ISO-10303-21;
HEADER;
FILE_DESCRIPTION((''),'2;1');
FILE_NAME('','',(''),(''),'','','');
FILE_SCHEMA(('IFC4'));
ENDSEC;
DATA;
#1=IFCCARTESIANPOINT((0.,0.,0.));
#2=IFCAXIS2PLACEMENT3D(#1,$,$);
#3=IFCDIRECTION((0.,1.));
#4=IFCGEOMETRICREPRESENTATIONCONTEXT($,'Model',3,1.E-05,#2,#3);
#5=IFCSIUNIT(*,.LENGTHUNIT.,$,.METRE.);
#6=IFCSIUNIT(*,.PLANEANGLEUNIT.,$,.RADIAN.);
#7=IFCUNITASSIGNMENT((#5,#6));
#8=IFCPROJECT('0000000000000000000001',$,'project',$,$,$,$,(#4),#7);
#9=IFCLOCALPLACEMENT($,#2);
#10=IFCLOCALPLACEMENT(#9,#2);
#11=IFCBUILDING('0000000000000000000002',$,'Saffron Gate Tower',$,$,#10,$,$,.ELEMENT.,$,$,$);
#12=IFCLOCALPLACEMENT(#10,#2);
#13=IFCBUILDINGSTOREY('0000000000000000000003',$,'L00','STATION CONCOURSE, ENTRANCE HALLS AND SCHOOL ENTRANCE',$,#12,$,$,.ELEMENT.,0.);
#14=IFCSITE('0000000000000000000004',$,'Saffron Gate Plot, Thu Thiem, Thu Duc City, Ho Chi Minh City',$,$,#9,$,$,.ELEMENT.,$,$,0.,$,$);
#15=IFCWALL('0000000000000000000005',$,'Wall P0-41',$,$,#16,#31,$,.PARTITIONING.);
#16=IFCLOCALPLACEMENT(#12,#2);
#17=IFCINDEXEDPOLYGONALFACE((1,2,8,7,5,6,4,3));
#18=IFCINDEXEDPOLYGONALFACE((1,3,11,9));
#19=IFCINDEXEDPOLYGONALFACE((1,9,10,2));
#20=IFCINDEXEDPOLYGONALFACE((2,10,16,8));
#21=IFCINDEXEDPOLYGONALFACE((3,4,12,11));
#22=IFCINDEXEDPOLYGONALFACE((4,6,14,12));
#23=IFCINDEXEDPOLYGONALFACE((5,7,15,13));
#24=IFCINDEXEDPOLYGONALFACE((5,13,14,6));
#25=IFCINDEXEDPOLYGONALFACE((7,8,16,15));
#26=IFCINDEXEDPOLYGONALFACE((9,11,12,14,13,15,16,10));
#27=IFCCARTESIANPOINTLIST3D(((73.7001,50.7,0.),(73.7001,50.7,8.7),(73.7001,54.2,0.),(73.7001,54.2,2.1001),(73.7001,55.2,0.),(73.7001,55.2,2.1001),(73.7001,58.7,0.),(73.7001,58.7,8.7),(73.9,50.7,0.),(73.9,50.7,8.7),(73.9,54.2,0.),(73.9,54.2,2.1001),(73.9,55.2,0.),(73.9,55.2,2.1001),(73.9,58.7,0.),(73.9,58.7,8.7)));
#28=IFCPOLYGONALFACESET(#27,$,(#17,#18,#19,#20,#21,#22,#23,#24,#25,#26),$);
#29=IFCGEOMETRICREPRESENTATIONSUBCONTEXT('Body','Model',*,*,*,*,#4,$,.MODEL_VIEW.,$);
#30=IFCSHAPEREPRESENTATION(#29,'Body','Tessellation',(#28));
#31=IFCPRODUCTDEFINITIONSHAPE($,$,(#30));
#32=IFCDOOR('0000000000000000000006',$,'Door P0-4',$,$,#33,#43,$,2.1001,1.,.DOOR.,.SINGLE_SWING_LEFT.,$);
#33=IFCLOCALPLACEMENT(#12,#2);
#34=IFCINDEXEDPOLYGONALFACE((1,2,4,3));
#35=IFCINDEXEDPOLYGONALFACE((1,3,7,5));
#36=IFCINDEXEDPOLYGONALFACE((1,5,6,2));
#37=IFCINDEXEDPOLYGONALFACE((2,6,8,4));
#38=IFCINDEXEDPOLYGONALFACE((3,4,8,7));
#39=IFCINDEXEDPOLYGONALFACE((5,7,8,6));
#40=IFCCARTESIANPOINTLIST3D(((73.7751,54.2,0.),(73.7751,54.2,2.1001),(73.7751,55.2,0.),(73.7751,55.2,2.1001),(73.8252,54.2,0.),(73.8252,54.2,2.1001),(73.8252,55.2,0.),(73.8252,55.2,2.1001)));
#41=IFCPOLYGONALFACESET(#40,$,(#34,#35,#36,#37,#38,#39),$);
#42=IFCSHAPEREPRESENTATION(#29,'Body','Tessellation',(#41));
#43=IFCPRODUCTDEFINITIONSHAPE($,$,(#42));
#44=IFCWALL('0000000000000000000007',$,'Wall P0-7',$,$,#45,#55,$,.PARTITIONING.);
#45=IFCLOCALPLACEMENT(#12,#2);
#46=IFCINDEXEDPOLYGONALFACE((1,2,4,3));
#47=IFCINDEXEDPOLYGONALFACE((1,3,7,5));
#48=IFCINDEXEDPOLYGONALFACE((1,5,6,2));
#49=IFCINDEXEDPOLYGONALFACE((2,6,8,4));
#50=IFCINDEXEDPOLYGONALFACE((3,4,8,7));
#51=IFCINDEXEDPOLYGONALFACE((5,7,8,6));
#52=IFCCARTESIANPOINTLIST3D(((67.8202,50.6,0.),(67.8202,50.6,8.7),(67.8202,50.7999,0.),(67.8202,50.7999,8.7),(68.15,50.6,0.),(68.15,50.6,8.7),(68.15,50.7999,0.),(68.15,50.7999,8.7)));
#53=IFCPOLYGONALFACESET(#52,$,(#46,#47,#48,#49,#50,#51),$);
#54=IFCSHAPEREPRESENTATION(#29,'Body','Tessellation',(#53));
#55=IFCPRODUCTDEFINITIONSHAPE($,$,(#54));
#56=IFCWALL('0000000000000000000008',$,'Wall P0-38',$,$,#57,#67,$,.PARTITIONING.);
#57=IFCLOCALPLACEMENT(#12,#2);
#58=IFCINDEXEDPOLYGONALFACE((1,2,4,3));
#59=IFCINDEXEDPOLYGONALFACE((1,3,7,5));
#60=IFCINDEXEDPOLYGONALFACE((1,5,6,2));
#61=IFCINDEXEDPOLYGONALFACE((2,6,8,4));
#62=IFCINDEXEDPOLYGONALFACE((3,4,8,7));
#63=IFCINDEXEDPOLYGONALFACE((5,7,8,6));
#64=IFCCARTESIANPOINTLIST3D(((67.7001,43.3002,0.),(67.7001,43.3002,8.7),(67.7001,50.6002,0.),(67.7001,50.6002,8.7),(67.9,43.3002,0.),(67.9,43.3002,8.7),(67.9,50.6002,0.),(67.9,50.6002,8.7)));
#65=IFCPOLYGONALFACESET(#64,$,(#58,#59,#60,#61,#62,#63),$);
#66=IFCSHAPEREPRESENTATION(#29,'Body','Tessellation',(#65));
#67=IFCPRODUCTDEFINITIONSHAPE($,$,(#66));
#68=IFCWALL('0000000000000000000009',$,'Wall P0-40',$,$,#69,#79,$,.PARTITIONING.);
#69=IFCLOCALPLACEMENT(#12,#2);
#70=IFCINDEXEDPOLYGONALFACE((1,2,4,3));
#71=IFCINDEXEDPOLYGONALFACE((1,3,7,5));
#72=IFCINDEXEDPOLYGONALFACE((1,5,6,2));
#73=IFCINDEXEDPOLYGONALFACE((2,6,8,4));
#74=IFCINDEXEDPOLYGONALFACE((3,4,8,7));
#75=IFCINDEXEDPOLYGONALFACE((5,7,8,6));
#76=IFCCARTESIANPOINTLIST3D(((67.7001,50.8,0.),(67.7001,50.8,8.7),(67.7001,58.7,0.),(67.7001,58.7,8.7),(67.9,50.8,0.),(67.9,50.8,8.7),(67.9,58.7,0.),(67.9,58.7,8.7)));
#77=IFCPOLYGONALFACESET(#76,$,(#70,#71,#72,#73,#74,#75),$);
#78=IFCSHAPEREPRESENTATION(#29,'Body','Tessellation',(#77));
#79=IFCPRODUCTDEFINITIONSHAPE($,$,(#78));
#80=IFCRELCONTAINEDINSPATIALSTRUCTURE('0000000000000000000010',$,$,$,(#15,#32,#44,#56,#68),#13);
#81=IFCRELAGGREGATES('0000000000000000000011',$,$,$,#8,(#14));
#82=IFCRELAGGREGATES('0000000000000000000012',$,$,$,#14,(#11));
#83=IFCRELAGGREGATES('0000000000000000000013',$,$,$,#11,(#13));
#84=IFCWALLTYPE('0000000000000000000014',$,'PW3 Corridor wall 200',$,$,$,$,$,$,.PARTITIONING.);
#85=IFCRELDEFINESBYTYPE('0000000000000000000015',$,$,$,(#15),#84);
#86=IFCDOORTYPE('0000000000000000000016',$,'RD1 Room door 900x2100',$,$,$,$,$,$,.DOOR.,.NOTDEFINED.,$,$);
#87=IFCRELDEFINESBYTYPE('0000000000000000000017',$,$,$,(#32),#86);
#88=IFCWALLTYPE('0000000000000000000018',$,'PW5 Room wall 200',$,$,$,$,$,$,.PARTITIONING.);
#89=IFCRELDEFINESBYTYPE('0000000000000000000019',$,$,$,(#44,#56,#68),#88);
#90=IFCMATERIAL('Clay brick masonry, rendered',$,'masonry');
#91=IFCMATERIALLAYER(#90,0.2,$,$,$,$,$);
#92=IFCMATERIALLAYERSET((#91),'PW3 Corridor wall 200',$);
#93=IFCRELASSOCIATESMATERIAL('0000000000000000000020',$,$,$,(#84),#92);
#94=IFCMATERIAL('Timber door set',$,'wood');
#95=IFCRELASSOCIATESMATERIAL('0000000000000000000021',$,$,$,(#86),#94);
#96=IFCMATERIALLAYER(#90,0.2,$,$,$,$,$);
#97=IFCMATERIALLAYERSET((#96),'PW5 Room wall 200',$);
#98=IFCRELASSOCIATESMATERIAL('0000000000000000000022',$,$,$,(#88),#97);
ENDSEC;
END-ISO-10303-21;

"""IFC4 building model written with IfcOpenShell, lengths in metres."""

from ifc_helpers import new_model, si_unit, direction, frame, frame_2d, origin, place, context, subcontext, project, spatial, rectangle, extrude, material, layer, layer_set, type_object, element, fill, save


model = new_model("IFC4")

# Units and contexts
model_context = context("Model", 3, precision=1e-05, world=origin(), true_north=direction((0.0, 1.0)))
body_context = subcontext(model_context, "Body", "Model", "MODEL_VIEW")
ifc_project = project(units=[si_unit("LENGTHUNIT", "METRE"), si_unit("PLANEANGLEUNIT", "RADIAN")], contexts=[model_context])

# Site, building, storey
site_placement = place(None, origin())
site = spatial("IfcSite", under=ifc_project, at=site_placement, Name="Saffron Gate Plot, Thu Thiem, Thu Duc City, Ho Chi Minh City", CompositionType="ELEMENT", RefElevation=0.0)
building_placement = place(site_placement, origin())
building = spatial("IfcBuilding", under=site, at=building_placement, Name="Saffron Gate Tower", CompositionType="ELEMENT")
storey_placement = place(building_placement, origin())
storey = spatial("IfcBuildingStorey", under=building, at=storey_placement, Name="L00", Description="STATION CONCOURSE, ENTRANCE HALLS AND SCHOOL ENTRANCE", CompositionType="ELEMENT", Elevation=0.0)

# Wall, opening, door
ifc_material_1 = material(Name="Clay brick masonry, rendered", Category="masonry")
ifc_layer_1 = layer(ifc_material_1, 0.2)
ifc_layer_set_1 = layer_set([ifc_layer_1], Name="PW3 Corridor wall 200")
wall_type_1 = type_object("IfcWallType", Name="PW3 Corridor wall 200", PredefinedType="PARTITIONING", material=ifc_layer_set_1)
ifc_material_2 = material(Name="Timber door set", Category="wood")
wall_1_placement = place(storey_placement, frame((73.8, 50.7, 0.0), z_axis=(0.0, 0.0, 1.0), x_axis=(0.0, 1.0, 0.0)))
wall_1 = element("IfcWall", 1, at=wall_1_placement, inside=storey, type_object=wall_type_1, Name="Wall P0-41", PredefinedType="PARTITIONING", context=body_context, shape_type="SweptSolid", body=[
    extrude(rectangle(XDim=8.0, YDim=0.2, at=frame_2d((4.0, 0.0))), origin(), (0.0, 0.0, 1.0), 8.7),
])
opening_1_placement = place(wall_1_placement, frame((3.5, 0.0, 0.0)))
opening_1 = element("IfcOpeningElement", 2, at=opening_1_placement, cuts=wall_1, PredefinedType="OPENING", context=body_context, shape_type="SweptSolid", body=[
    extrude(rectangle(XDim=1.0, YDim=2.1001, at=frame_2d((0.5, 1.05))), frame((0.0, 0.1099, 0.0), z_axis=(0.0, -1.0, 0.0), x_axis=(1.0, 0.0, 0.0)), (0.0, 0.0, 1.0), 0.22),
])
door_type_1 = type_object("IfcDoorType", Name="RD1 Room door 900x2100", OperationType="NOTDEFINED", PredefinedType="DOOR", material=ifc_material_2)
door_1_placement = place(opening_1_placement, origin())
door_1 = element("IfcDoor", 3, at=door_1_placement, inside=storey, type_object=door_type_1, Name="Door P0-4", OperationType="SINGLE_SWING_LEFT", OverallHeight=2.1001, OverallWidth=1.0, PredefinedType="DOOR", context=body_context, shape_type="SweptSolid", body=[
    extrude(rectangle(XDim=1.0, YDim=2.1001, at=frame_2d((0.5, 1.05))), frame((0.0, 0.0249, 0.0), z_axis=(0.0, -1.0, 0.0), x_axis=(1.0, 0.0, 0.0)), (0.0, 0.0, 1.0), 0.05),
])
fill(opening_1, door_1)

# Walls
ifc_layer_2 = layer(ifc_material_1, 0.2)
ifc_layer_set_2 = layer_set([ifc_layer_2], Name="PW5 Room wall 200")
wall_type_2 = type_object("IfcWallType", Name="PW5 Room wall 200", PredefinedType="PARTITIONING", material=ifc_layer_set_2)
wall_2_placement = place(storey_placement, frame((67.8201, 50.7, 0.0), z_axis=(0.0, 0.0, 1.0), x_axis=(1.0, 0.0, 0.0)))
element("IfcWall", 4, at=wall_2_placement, inside=storey, type_object=wall_type_2, Name="Wall P0-7", PredefinedType="PARTITIONING", context=body_context, shape_type="SweptSolid", body=[
    extrude(rectangle(XDim=0.3298, YDim=0.2, at=frame_2d((0.165, 0.0))), origin(), (0.0, 0.0, 1.0), 8.7),
])
wall_3_placement = place(storey_placement, frame((67.8, 50.6001, 0.0), z_axis=(0.0, 0.0, 1.0), x_axis=(0.0, -1.0, 0.0)))
element("IfcWall", 5, at=wall_3_placement, inside=storey, type_object=wall_type_2, Name="Wall P0-38", PredefinedType="PARTITIONING", context=body_context, shape_type="SweptSolid", body=[
    extrude(rectangle(XDim=7.3, YDim=0.2, at=frame_2d((3.6499, 0.0))), origin(), (0.0, 0.0, 1.0), 8.7),
])
wall_4_placement = place(storey_placement, frame((67.8, 58.7, 0.0), z_axis=(0.0, 0.0, 1.0), x_axis=(0.0, -1.0, 0.0)))
element("IfcWall", 6, at=wall_4_placement, inside=storey, type_object=wall_type_2, Name="Wall P0-40", PredefinedType="PARTITIONING", context=body_context, shape_type="SweptSolid", body=[
    extrude(rectangle(XDim=7.8999, YDim=0.2, at=frame_2d((3.95, 0.0))), origin(), (0.0, 0.0, 1.0), 8.7),
])

save(model, "model.ifc")
